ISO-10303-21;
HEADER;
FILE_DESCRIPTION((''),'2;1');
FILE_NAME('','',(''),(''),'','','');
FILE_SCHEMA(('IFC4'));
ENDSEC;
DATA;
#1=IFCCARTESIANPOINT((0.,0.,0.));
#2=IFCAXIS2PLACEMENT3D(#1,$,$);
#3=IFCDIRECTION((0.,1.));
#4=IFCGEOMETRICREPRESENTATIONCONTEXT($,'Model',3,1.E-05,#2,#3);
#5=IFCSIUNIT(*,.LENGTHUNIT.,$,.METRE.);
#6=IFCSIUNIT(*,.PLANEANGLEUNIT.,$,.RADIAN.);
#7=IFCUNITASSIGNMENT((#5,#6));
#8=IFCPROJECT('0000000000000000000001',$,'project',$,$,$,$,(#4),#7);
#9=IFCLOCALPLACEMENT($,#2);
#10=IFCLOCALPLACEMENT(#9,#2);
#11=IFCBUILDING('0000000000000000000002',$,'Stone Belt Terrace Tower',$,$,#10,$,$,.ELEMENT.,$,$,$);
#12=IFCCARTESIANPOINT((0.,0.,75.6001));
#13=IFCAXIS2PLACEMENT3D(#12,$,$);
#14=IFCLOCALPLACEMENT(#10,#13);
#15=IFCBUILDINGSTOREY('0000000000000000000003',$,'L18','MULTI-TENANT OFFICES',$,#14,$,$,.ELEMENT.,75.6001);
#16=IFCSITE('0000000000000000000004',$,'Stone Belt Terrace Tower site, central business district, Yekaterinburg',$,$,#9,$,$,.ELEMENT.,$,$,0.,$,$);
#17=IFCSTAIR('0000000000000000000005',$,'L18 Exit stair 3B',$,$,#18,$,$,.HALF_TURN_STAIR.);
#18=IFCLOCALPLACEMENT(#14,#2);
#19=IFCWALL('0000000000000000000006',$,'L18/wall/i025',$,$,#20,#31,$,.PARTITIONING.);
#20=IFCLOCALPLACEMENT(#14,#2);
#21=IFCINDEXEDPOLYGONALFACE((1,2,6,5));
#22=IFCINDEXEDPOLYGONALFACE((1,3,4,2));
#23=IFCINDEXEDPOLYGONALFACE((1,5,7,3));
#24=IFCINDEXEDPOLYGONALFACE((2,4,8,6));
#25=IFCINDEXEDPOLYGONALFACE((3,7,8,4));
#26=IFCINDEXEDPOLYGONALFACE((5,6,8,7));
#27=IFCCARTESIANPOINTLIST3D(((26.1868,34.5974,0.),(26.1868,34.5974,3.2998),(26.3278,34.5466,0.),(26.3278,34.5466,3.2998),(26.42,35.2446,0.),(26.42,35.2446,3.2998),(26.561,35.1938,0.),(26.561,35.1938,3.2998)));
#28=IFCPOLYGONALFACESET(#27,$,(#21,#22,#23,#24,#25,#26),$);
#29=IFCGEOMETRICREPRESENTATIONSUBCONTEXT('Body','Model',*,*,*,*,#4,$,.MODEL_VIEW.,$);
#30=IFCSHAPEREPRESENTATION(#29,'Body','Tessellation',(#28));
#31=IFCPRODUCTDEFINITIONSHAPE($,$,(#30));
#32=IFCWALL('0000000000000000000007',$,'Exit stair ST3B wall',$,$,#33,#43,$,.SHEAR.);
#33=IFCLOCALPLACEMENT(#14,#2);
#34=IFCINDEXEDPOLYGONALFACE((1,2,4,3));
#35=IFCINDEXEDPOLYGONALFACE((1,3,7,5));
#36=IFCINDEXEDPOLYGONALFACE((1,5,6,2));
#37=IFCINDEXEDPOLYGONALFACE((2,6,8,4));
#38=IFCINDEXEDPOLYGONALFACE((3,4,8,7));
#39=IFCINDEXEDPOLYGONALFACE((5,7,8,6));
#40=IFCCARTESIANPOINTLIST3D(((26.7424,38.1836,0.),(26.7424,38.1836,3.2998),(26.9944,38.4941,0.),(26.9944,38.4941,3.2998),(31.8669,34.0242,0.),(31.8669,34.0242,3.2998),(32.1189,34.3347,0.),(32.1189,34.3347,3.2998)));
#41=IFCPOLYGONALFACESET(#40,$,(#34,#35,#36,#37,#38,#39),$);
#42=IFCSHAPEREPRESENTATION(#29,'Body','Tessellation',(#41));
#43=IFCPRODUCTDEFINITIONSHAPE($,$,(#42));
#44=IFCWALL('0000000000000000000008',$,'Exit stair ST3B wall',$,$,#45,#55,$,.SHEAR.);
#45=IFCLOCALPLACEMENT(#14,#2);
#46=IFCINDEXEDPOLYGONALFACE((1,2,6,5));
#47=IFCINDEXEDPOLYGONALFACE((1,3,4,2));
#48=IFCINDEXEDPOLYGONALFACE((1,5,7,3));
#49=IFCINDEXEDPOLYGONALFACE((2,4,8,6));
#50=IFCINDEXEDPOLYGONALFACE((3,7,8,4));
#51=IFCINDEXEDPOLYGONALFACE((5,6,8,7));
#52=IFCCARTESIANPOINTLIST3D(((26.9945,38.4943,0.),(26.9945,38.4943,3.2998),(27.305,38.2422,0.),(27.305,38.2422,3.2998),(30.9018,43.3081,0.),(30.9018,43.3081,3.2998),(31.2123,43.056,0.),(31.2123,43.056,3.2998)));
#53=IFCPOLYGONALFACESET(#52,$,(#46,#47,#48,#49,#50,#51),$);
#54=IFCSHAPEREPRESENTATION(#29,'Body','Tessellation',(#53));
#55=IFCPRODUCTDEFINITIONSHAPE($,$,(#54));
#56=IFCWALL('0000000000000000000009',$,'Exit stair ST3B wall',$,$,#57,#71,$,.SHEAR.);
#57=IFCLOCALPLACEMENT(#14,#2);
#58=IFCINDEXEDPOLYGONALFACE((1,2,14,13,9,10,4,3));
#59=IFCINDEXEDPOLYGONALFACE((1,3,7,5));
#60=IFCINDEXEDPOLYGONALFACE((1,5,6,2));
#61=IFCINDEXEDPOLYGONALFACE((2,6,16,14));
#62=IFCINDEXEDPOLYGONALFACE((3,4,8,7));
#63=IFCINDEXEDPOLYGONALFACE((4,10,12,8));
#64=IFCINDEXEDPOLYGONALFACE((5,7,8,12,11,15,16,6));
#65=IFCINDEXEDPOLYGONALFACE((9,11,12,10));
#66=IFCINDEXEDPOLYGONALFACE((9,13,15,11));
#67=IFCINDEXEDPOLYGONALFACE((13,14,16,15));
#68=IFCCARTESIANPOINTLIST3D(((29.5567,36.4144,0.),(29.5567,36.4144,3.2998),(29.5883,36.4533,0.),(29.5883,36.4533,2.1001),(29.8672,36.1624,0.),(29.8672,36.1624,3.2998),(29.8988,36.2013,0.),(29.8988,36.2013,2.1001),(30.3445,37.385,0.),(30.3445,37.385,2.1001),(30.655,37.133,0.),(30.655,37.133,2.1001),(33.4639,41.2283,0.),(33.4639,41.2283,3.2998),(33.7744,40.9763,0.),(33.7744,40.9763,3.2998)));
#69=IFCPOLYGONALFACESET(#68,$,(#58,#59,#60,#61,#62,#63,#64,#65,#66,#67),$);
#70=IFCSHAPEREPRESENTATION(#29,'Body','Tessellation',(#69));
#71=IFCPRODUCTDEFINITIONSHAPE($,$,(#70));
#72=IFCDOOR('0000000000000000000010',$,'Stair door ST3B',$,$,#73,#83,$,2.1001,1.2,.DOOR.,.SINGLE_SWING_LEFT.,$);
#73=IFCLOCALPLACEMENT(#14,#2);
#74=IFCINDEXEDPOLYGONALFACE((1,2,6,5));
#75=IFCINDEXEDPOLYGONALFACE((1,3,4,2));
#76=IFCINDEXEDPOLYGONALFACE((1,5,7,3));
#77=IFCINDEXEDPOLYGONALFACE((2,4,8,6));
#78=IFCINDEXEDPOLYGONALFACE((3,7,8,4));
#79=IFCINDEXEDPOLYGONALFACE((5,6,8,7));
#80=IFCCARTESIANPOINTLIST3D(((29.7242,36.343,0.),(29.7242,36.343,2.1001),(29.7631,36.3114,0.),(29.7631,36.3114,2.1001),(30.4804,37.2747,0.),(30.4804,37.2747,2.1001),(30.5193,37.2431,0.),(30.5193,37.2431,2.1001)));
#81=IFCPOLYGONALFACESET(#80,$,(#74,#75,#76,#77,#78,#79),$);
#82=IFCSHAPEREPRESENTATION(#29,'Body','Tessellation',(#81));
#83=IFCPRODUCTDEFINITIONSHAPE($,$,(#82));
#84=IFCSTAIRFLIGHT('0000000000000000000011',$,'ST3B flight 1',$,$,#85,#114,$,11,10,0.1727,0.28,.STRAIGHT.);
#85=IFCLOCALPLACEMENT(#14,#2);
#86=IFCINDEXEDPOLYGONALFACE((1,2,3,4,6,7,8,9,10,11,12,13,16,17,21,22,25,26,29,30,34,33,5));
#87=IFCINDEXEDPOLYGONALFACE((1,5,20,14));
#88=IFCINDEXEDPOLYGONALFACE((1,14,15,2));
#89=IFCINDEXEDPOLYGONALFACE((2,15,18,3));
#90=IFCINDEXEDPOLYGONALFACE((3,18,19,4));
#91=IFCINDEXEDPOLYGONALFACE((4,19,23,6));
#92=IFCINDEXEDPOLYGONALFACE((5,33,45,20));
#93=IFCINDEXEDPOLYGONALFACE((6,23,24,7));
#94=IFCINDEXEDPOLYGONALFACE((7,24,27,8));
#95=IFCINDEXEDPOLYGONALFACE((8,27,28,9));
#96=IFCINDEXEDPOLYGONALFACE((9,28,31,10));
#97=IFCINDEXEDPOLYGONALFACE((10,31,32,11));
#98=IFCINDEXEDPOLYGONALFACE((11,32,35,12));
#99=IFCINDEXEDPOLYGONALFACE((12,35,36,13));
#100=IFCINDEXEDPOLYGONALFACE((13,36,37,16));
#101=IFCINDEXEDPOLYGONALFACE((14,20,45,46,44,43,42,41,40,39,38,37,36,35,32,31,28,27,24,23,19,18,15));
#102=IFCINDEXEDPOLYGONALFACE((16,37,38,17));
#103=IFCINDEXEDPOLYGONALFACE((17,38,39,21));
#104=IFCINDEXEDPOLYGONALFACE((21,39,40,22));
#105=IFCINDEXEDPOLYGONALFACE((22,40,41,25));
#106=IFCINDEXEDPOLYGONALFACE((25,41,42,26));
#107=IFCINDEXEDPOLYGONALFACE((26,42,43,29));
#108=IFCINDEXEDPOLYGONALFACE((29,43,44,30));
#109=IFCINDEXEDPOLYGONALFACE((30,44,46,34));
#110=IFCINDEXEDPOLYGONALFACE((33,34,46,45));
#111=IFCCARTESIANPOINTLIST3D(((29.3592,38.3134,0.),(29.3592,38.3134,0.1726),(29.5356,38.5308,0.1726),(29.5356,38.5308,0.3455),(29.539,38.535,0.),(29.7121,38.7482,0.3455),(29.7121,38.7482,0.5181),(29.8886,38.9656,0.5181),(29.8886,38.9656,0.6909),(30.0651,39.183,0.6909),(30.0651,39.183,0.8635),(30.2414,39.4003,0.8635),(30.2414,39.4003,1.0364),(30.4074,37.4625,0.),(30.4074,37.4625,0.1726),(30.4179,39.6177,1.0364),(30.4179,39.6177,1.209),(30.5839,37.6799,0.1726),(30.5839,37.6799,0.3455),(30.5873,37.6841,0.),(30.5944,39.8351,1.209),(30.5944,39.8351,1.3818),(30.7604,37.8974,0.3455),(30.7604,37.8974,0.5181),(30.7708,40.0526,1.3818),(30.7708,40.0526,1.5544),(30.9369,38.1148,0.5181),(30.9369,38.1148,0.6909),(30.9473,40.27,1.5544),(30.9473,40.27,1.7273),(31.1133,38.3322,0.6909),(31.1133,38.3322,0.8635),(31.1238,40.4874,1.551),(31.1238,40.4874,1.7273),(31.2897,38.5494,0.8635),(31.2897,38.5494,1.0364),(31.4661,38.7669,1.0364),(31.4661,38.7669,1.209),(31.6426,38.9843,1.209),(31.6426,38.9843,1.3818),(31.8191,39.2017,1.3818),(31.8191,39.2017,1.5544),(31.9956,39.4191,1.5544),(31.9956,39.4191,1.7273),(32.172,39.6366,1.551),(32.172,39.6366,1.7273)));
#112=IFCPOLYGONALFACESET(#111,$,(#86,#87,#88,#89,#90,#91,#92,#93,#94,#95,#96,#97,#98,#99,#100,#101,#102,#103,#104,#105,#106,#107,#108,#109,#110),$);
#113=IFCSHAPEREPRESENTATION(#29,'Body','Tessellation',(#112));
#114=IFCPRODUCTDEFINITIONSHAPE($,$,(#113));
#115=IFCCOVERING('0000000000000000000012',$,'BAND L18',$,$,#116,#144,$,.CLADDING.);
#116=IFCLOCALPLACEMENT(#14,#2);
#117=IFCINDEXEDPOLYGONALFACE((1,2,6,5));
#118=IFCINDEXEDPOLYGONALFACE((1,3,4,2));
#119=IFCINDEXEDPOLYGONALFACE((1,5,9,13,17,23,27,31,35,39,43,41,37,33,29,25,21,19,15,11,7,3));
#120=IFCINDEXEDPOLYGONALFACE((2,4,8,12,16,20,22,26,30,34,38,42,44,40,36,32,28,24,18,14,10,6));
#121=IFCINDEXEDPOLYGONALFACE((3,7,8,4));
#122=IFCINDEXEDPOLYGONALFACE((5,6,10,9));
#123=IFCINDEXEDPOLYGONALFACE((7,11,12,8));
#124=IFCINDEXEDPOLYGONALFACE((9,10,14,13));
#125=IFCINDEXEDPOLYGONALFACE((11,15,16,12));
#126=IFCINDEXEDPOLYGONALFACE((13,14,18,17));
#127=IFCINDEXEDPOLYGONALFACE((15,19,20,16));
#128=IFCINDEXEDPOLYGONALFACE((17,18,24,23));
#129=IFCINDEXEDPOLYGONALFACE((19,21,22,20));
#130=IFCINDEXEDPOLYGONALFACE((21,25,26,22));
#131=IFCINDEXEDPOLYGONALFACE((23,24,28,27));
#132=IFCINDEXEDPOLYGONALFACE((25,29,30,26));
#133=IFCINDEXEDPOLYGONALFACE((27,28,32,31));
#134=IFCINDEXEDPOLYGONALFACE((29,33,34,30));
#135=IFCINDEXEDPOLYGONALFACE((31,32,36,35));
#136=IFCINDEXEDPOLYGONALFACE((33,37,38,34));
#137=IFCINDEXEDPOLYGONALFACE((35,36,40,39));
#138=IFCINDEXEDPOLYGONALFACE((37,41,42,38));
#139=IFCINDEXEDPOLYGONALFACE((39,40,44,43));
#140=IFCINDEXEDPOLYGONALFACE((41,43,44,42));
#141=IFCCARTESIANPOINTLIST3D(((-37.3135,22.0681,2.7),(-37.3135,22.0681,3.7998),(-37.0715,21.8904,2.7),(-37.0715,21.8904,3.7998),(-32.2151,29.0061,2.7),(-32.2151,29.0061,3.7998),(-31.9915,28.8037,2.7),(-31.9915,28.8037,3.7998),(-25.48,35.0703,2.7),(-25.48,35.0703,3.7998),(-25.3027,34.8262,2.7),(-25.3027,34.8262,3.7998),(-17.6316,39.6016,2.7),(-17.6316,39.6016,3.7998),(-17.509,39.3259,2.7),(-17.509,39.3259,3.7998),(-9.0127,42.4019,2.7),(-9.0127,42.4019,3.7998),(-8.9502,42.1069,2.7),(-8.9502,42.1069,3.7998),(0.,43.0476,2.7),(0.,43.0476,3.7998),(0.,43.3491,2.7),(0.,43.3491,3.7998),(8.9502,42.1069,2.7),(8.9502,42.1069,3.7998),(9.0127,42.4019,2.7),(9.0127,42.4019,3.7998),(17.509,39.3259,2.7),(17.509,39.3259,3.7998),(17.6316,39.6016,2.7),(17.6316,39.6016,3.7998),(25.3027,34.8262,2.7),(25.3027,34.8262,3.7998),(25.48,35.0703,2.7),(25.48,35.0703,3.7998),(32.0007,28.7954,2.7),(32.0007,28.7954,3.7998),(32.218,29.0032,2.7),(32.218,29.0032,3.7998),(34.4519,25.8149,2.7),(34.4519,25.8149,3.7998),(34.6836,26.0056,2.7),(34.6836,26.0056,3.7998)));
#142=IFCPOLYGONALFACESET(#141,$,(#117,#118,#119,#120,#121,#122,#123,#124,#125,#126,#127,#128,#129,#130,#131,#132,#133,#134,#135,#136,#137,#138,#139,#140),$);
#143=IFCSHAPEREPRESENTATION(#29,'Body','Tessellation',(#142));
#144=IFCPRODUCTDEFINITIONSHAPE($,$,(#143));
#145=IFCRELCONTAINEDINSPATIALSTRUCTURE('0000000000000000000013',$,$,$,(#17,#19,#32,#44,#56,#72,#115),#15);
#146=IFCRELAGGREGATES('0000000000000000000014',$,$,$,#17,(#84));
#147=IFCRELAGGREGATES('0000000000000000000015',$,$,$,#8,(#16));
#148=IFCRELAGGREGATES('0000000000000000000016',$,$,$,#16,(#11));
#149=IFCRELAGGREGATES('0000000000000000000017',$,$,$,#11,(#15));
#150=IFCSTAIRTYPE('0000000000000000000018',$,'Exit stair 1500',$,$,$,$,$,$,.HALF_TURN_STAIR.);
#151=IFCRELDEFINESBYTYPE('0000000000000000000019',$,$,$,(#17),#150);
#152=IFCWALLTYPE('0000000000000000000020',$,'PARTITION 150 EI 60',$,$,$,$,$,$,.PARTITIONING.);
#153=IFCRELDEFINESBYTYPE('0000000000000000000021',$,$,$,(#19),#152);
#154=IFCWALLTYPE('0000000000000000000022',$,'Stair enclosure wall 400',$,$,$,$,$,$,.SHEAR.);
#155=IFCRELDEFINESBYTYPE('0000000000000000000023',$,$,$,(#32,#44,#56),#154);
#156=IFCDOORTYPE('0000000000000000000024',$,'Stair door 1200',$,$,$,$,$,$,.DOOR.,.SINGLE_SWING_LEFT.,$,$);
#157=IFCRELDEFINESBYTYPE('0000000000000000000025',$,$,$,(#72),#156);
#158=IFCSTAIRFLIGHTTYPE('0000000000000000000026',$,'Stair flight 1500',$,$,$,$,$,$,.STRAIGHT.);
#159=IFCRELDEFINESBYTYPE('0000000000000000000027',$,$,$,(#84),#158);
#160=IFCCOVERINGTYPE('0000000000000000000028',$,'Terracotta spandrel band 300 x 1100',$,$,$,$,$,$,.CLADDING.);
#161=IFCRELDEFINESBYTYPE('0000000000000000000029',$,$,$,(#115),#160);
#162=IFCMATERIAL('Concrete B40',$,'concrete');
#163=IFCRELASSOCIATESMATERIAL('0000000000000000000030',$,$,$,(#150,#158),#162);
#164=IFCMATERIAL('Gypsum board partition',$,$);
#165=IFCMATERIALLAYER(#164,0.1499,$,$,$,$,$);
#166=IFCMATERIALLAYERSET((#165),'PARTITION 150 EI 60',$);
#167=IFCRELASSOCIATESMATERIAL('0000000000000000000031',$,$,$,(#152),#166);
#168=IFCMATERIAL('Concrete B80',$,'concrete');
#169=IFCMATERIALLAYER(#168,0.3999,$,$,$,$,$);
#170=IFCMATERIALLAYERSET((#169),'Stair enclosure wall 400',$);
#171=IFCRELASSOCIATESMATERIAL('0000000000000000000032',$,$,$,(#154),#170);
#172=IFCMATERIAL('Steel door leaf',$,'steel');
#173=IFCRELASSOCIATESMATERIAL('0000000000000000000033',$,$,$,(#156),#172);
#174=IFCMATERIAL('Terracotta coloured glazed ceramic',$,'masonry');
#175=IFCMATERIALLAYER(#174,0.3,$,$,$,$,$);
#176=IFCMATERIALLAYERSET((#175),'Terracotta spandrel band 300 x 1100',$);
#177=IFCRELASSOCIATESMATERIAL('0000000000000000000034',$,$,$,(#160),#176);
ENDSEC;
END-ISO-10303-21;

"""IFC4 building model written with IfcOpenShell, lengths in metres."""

from ifc_helpers import new_model, si_unit, direction, frame, frame_2d, origin, place, context, subcontext, project, spatial, polyline, rectangle, outline, extrude, material, layer, layer_set, type_object, element, fill, aggregate, save


model = new_model("IFC4")

# Units and contexts
model_context = context("Model", 3, precision=1e-05, world=origin(), true_north=direction((0.0, 1.0)))
body_context = subcontext(model_context, "Body", "Model", "MODEL_VIEW")
ifc_project = project(units=[si_unit("LENGTHUNIT", "METRE"), si_unit("PLANEANGLEUNIT", "RADIAN")], contexts=[model_context])

# Site, building, storey
site_placement = place(None, origin())
site = spatial("IfcSite", under=ifc_project, at=site_placement, Name="Stone Belt Terrace Tower site, central business district, Yekaterinburg", CompositionType="ELEMENT", RefElevation=0.0)
building_placement = place(site_placement, origin())
building = spatial("IfcBuilding", under=site, at=building_placement, Name="Stone Belt Terrace Tower", CompositionType="ELEMENT")
storey_placement = place(building_placement, frame((0.0, 0.0, 75.6001)))
storey = spatial("IfcBuildingStorey", under=building, at=storey_placement, Name="L18", Description="MULTI-TENANT OFFICES", CompositionType="ELEMENT", Elevation=75.6001)

# Shared definitions
ifc_material_1 = material(Name="Concrete B80", Category="concrete")

# Shared definitions
ifc_material_2 = material(Name="Concrete B40", Category="concrete")

# Stair
stair_type = type_object("IfcStairType", Name="Exit stair 1500", PredefinedType="HALF_TURN_STAIR", material=ifc_material_2)
stair_1_placement = place(storey_placement, origin())
stair_1 = element("IfcStair", 1, at=stair_1_placement, inside=storey, type_object=stair_type, Name="L18 Exit stair 3B", PredefinedType="HALF_TURN_STAIR")

# Walls
ifc_material_3 = material(Name="Gypsum board partition")
ifc_layer_1 = layer(ifc_material_3, 0.1499)
ifc_layer_set_1 = layer_set([ifc_layer_1], Name="PARTITION 150 EI 60")
wall_type_1 = type_object("IfcWallType", Name="PARTITION 150 EI 60", PredefinedType="PARTITIONING", material=ifc_layer_set_1)
wall_1_placement = place(storey_placement, frame((26.4905, 35.2192, 0.0), z_axis=(0.0, 0.0, 1.0), x_axis=(-0.338921, -0.940815, 0.0)))
element("IfcWall", 2, at=wall_1_placement, inside=storey, type_object=wall_type_1, Name="L18/wall/i025", PredefinedType="PARTITIONING", context=body_context, shape_type="SweptSolid", body=[
    extrude(rectangle(XDim=0.688, YDim=0.1499, at=frame_2d((0.344, 0.0))), origin(), (0.0, 0.0, 1.0), 3.2998),
])
ifc_layer_2 = layer(ifc_material_1, 0.3999)
ifc_layer_set_2 = layer_set([ifc_layer_2], Name="Stair enclosure wall 400")
wall_type_2 = type_object("IfcWallType", Name="Stair enclosure wall 400", PredefinedType="SHEAR", material=ifc_layer_set_2)
wall_2_placement = place(storey_placement, frame((26.8684, 38.3389, 0.0), z_axis=(0.0, 0.0, 1.0), x_axis=(0.776428, -0.630205, 0.0)))
element("IfcWall", 3, at=wall_2_placement, inside=storey, type_object=wall_type_2, Name="Exit stair ST3B wall", PredefinedType="SHEAR", context=body_context, shape_type="SweptSolid", body=[
    extrude(rectangle(XDim=6.6001, YDim=0.3999, at=frame_2d((3.3, 0.0))), origin(), (0.0, 0.0, 1.0), 3.2998),
])
wall_3_placement = place(storey_placement, frame((27.1497, 38.3682, 0.0), z_axis=(0.0, 0.0, 1.0), x_axis=(0.630212, 0.776423, 0.0)))
element("IfcWall", 4, at=wall_3_placement, inside=storey, type_object=wall_type_2, Name="Exit stair ST3B wall", PredefinedType="SHEAR", context=body_context, shape_type="SweptSolid", body=[
    extrude(rectangle(XDim=6.2, YDim=0.3999, at=frame_2d((3.1001, 0.0))), origin(), (0.0, 0.0, 1.0), 3.2998),
])

# Wall, opening, door
wall_4_placement = place(storey_placement, frame((29.7119, 36.2883, 0.0), z_axis=(0.0, 0.0, 1.0), x_axis=(0.630192, 0.776439, 0.0)))
wall_4 = element("IfcWall", 5, at=wall_4_placement, inside=storey, type_object=wall_type_2, Name="Exit stair ST3B wall", PredefinedType="SHEAR", context=body_context, shape_type="SweptSolid", body=[
    extrude(rectangle(XDim=6.2, YDim=0.3999, at=frame_2d((3.1001, 0.0))), origin(), (0.0, 0.0, 1.0), 3.2998),
])
opening_placement = place(wall_4_placement, frame((0.05, 0.0, 0.0)))
opening = element("IfcOpeningElement", 6, at=opening_placement, cuts=wall_4, PredefinedType="OPENING", context=body_context, shape_type="SweptSolid", body=[
    extrude(rectangle(XDim=1.2, YDim=2.1001, at=frame_2d((0.6001, 1.05))), frame((0.0, 0.21, 0.0), z_axis=(0.0, -1.0, 0.0), x_axis=(1.0, 0.0, 0.0)), (0.0, 0.0, 1.0), 0.4199),
])
ifc_material_4 = material(Name="Steel door leaf", Category="steel")
door_type = type_object("IfcDoorType", Name="Stair door 1200", OperationType="SINGLE_SWING_LEFT", PredefinedType="DOOR", material=ifc_material_4)
door_placement = place(opening_placement, origin())
door = element("IfcDoor", 7, at=door_placement, inside=storey, type_object=door_type, Name="Stair door ST3B", OperationType="SINGLE_SWING_LEFT", OverallHeight=2.1001, OverallWidth=1.2, PredefinedType="DOOR", context=body_context, shape_type="SweptSolid", body=[
    extrude(rectangle(XDim=1.2, YDim=2.1001, at=frame_2d((0.6001, 1.05))), frame((0.0, 0.0249, 0.0), z_axis=(0.0, -1.0, 0.0), x_axis=(1.0, 0.0, 0.0)), (0.0, 0.0, 1.0), 0.05),
])
fill(opening, door)

# Stair flight
stair_flight_type = type_object("IfcStairFlightType", Name="Stair flight 1500", PredefinedType="STRAIGHT", material=ifc_material_2)
stair_flight_placement = place(storey_placement, frame((29.8833, 37.8879, 0.0), z_axis=(0.0, 0.0, 1.0), x_axis=(0.630206, 0.776428, 0.0)))
stair_flight = element("IfcStairFlight", 8, at=stair_flight_placement, type_object=stair_flight_type, Name="ST3B flight 1", NumberOfRisers=11, NumberOfTreads=10, PredefinedType="STRAIGHT", RiserHeight=0.1727, TreadLength=0.28, context=body_context, shape_type="SweptSolid", body=[
    extrude(outline(polyline([(0.0, 0.0), (0.0, 0.1726), (0.28, 0.1726), (0.28, 0.3455), (0.5601, 0.3455), (0.5601, 0.5181), (0.8401, 0.5181), (0.8401, 0.6909), (1.1201, 0.6909), (1.1201, 0.8635), (1.3999, 0.8635), (1.3999, 1.0364), (1.6799, 1.0364), (1.6799, 1.209), (1.96, 1.209), (1.96, 1.3818), (2.24, 1.3818), (2.24, 1.5544), (2.52, 1.5544), (2.52, 1.7273), (2.8, 1.7273), (2.8, 1.8999), (2.8, 1.551), (0.2854, 0.0), (0.0, 0.0)])), frame((0.0, 0.675, 0.0), z_axis=(0.0, -1.0, 0.0), x_axis=(1.0, 0.0, 0.0)), (0.0, 0.0, 1.0), 1.3501),
])
aggregate(stair_1, [stair_flight])

# Covering
ifc_material_5 = material(Name="Terracotta coloured glazed ceramic", Category="masonry")
ifc_layer_3 = layer(ifc_material_5, 0.3)
ifc_layer_set_3 = layer_set([ifc_layer_3], Name="Terracotta spandrel band 300 x 1100")
covering_type = type_object("IfcCoveringType", Name="Terracotta spandrel band 300 x 1100", PredefinedType="CLADDING", material=ifc_layer_set_3)
covering_placement = place(storey_placement, frame((0.0, 0.0, 2.7)))
element("IfcCovering", 9, at=covering_placement, inside=storey, type_object=covering_type, Name="BAND L18", PredefinedType="CLADDING", context=body_context, shape_type="SweptSolid", body=[
    extrude(outline(polyline([(-37.3135, 22.0681), (-32.2151, 29.0061), (-25.48, 35.0703), (-17.6316, 39.6016), (-9.0127, 42.4019), (0.0, 43.3491), (9.0127, 42.4019), (17.6316, 39.6016), (25.48, 35.0703), (32.218, 29.0032), (34.6836, 26.0056), (34.4519, 25.8149), (32.0007, 28.7954), (25.3027, 34.8262), (17.509, 39.3259), (8.9502, 42.1069), (0.0, 43.0476), (-8.9502, 42.1069), (-17.509, 39.3259), (-25.3027, 34.8262), (-31.9915, 28.8037), (-37.0715, 21.8904), (-37.3135, 22.0681)])), origin(), (0.0, 0.0, 1.0), 1.0999),
])

save(model, "model.ifc")
